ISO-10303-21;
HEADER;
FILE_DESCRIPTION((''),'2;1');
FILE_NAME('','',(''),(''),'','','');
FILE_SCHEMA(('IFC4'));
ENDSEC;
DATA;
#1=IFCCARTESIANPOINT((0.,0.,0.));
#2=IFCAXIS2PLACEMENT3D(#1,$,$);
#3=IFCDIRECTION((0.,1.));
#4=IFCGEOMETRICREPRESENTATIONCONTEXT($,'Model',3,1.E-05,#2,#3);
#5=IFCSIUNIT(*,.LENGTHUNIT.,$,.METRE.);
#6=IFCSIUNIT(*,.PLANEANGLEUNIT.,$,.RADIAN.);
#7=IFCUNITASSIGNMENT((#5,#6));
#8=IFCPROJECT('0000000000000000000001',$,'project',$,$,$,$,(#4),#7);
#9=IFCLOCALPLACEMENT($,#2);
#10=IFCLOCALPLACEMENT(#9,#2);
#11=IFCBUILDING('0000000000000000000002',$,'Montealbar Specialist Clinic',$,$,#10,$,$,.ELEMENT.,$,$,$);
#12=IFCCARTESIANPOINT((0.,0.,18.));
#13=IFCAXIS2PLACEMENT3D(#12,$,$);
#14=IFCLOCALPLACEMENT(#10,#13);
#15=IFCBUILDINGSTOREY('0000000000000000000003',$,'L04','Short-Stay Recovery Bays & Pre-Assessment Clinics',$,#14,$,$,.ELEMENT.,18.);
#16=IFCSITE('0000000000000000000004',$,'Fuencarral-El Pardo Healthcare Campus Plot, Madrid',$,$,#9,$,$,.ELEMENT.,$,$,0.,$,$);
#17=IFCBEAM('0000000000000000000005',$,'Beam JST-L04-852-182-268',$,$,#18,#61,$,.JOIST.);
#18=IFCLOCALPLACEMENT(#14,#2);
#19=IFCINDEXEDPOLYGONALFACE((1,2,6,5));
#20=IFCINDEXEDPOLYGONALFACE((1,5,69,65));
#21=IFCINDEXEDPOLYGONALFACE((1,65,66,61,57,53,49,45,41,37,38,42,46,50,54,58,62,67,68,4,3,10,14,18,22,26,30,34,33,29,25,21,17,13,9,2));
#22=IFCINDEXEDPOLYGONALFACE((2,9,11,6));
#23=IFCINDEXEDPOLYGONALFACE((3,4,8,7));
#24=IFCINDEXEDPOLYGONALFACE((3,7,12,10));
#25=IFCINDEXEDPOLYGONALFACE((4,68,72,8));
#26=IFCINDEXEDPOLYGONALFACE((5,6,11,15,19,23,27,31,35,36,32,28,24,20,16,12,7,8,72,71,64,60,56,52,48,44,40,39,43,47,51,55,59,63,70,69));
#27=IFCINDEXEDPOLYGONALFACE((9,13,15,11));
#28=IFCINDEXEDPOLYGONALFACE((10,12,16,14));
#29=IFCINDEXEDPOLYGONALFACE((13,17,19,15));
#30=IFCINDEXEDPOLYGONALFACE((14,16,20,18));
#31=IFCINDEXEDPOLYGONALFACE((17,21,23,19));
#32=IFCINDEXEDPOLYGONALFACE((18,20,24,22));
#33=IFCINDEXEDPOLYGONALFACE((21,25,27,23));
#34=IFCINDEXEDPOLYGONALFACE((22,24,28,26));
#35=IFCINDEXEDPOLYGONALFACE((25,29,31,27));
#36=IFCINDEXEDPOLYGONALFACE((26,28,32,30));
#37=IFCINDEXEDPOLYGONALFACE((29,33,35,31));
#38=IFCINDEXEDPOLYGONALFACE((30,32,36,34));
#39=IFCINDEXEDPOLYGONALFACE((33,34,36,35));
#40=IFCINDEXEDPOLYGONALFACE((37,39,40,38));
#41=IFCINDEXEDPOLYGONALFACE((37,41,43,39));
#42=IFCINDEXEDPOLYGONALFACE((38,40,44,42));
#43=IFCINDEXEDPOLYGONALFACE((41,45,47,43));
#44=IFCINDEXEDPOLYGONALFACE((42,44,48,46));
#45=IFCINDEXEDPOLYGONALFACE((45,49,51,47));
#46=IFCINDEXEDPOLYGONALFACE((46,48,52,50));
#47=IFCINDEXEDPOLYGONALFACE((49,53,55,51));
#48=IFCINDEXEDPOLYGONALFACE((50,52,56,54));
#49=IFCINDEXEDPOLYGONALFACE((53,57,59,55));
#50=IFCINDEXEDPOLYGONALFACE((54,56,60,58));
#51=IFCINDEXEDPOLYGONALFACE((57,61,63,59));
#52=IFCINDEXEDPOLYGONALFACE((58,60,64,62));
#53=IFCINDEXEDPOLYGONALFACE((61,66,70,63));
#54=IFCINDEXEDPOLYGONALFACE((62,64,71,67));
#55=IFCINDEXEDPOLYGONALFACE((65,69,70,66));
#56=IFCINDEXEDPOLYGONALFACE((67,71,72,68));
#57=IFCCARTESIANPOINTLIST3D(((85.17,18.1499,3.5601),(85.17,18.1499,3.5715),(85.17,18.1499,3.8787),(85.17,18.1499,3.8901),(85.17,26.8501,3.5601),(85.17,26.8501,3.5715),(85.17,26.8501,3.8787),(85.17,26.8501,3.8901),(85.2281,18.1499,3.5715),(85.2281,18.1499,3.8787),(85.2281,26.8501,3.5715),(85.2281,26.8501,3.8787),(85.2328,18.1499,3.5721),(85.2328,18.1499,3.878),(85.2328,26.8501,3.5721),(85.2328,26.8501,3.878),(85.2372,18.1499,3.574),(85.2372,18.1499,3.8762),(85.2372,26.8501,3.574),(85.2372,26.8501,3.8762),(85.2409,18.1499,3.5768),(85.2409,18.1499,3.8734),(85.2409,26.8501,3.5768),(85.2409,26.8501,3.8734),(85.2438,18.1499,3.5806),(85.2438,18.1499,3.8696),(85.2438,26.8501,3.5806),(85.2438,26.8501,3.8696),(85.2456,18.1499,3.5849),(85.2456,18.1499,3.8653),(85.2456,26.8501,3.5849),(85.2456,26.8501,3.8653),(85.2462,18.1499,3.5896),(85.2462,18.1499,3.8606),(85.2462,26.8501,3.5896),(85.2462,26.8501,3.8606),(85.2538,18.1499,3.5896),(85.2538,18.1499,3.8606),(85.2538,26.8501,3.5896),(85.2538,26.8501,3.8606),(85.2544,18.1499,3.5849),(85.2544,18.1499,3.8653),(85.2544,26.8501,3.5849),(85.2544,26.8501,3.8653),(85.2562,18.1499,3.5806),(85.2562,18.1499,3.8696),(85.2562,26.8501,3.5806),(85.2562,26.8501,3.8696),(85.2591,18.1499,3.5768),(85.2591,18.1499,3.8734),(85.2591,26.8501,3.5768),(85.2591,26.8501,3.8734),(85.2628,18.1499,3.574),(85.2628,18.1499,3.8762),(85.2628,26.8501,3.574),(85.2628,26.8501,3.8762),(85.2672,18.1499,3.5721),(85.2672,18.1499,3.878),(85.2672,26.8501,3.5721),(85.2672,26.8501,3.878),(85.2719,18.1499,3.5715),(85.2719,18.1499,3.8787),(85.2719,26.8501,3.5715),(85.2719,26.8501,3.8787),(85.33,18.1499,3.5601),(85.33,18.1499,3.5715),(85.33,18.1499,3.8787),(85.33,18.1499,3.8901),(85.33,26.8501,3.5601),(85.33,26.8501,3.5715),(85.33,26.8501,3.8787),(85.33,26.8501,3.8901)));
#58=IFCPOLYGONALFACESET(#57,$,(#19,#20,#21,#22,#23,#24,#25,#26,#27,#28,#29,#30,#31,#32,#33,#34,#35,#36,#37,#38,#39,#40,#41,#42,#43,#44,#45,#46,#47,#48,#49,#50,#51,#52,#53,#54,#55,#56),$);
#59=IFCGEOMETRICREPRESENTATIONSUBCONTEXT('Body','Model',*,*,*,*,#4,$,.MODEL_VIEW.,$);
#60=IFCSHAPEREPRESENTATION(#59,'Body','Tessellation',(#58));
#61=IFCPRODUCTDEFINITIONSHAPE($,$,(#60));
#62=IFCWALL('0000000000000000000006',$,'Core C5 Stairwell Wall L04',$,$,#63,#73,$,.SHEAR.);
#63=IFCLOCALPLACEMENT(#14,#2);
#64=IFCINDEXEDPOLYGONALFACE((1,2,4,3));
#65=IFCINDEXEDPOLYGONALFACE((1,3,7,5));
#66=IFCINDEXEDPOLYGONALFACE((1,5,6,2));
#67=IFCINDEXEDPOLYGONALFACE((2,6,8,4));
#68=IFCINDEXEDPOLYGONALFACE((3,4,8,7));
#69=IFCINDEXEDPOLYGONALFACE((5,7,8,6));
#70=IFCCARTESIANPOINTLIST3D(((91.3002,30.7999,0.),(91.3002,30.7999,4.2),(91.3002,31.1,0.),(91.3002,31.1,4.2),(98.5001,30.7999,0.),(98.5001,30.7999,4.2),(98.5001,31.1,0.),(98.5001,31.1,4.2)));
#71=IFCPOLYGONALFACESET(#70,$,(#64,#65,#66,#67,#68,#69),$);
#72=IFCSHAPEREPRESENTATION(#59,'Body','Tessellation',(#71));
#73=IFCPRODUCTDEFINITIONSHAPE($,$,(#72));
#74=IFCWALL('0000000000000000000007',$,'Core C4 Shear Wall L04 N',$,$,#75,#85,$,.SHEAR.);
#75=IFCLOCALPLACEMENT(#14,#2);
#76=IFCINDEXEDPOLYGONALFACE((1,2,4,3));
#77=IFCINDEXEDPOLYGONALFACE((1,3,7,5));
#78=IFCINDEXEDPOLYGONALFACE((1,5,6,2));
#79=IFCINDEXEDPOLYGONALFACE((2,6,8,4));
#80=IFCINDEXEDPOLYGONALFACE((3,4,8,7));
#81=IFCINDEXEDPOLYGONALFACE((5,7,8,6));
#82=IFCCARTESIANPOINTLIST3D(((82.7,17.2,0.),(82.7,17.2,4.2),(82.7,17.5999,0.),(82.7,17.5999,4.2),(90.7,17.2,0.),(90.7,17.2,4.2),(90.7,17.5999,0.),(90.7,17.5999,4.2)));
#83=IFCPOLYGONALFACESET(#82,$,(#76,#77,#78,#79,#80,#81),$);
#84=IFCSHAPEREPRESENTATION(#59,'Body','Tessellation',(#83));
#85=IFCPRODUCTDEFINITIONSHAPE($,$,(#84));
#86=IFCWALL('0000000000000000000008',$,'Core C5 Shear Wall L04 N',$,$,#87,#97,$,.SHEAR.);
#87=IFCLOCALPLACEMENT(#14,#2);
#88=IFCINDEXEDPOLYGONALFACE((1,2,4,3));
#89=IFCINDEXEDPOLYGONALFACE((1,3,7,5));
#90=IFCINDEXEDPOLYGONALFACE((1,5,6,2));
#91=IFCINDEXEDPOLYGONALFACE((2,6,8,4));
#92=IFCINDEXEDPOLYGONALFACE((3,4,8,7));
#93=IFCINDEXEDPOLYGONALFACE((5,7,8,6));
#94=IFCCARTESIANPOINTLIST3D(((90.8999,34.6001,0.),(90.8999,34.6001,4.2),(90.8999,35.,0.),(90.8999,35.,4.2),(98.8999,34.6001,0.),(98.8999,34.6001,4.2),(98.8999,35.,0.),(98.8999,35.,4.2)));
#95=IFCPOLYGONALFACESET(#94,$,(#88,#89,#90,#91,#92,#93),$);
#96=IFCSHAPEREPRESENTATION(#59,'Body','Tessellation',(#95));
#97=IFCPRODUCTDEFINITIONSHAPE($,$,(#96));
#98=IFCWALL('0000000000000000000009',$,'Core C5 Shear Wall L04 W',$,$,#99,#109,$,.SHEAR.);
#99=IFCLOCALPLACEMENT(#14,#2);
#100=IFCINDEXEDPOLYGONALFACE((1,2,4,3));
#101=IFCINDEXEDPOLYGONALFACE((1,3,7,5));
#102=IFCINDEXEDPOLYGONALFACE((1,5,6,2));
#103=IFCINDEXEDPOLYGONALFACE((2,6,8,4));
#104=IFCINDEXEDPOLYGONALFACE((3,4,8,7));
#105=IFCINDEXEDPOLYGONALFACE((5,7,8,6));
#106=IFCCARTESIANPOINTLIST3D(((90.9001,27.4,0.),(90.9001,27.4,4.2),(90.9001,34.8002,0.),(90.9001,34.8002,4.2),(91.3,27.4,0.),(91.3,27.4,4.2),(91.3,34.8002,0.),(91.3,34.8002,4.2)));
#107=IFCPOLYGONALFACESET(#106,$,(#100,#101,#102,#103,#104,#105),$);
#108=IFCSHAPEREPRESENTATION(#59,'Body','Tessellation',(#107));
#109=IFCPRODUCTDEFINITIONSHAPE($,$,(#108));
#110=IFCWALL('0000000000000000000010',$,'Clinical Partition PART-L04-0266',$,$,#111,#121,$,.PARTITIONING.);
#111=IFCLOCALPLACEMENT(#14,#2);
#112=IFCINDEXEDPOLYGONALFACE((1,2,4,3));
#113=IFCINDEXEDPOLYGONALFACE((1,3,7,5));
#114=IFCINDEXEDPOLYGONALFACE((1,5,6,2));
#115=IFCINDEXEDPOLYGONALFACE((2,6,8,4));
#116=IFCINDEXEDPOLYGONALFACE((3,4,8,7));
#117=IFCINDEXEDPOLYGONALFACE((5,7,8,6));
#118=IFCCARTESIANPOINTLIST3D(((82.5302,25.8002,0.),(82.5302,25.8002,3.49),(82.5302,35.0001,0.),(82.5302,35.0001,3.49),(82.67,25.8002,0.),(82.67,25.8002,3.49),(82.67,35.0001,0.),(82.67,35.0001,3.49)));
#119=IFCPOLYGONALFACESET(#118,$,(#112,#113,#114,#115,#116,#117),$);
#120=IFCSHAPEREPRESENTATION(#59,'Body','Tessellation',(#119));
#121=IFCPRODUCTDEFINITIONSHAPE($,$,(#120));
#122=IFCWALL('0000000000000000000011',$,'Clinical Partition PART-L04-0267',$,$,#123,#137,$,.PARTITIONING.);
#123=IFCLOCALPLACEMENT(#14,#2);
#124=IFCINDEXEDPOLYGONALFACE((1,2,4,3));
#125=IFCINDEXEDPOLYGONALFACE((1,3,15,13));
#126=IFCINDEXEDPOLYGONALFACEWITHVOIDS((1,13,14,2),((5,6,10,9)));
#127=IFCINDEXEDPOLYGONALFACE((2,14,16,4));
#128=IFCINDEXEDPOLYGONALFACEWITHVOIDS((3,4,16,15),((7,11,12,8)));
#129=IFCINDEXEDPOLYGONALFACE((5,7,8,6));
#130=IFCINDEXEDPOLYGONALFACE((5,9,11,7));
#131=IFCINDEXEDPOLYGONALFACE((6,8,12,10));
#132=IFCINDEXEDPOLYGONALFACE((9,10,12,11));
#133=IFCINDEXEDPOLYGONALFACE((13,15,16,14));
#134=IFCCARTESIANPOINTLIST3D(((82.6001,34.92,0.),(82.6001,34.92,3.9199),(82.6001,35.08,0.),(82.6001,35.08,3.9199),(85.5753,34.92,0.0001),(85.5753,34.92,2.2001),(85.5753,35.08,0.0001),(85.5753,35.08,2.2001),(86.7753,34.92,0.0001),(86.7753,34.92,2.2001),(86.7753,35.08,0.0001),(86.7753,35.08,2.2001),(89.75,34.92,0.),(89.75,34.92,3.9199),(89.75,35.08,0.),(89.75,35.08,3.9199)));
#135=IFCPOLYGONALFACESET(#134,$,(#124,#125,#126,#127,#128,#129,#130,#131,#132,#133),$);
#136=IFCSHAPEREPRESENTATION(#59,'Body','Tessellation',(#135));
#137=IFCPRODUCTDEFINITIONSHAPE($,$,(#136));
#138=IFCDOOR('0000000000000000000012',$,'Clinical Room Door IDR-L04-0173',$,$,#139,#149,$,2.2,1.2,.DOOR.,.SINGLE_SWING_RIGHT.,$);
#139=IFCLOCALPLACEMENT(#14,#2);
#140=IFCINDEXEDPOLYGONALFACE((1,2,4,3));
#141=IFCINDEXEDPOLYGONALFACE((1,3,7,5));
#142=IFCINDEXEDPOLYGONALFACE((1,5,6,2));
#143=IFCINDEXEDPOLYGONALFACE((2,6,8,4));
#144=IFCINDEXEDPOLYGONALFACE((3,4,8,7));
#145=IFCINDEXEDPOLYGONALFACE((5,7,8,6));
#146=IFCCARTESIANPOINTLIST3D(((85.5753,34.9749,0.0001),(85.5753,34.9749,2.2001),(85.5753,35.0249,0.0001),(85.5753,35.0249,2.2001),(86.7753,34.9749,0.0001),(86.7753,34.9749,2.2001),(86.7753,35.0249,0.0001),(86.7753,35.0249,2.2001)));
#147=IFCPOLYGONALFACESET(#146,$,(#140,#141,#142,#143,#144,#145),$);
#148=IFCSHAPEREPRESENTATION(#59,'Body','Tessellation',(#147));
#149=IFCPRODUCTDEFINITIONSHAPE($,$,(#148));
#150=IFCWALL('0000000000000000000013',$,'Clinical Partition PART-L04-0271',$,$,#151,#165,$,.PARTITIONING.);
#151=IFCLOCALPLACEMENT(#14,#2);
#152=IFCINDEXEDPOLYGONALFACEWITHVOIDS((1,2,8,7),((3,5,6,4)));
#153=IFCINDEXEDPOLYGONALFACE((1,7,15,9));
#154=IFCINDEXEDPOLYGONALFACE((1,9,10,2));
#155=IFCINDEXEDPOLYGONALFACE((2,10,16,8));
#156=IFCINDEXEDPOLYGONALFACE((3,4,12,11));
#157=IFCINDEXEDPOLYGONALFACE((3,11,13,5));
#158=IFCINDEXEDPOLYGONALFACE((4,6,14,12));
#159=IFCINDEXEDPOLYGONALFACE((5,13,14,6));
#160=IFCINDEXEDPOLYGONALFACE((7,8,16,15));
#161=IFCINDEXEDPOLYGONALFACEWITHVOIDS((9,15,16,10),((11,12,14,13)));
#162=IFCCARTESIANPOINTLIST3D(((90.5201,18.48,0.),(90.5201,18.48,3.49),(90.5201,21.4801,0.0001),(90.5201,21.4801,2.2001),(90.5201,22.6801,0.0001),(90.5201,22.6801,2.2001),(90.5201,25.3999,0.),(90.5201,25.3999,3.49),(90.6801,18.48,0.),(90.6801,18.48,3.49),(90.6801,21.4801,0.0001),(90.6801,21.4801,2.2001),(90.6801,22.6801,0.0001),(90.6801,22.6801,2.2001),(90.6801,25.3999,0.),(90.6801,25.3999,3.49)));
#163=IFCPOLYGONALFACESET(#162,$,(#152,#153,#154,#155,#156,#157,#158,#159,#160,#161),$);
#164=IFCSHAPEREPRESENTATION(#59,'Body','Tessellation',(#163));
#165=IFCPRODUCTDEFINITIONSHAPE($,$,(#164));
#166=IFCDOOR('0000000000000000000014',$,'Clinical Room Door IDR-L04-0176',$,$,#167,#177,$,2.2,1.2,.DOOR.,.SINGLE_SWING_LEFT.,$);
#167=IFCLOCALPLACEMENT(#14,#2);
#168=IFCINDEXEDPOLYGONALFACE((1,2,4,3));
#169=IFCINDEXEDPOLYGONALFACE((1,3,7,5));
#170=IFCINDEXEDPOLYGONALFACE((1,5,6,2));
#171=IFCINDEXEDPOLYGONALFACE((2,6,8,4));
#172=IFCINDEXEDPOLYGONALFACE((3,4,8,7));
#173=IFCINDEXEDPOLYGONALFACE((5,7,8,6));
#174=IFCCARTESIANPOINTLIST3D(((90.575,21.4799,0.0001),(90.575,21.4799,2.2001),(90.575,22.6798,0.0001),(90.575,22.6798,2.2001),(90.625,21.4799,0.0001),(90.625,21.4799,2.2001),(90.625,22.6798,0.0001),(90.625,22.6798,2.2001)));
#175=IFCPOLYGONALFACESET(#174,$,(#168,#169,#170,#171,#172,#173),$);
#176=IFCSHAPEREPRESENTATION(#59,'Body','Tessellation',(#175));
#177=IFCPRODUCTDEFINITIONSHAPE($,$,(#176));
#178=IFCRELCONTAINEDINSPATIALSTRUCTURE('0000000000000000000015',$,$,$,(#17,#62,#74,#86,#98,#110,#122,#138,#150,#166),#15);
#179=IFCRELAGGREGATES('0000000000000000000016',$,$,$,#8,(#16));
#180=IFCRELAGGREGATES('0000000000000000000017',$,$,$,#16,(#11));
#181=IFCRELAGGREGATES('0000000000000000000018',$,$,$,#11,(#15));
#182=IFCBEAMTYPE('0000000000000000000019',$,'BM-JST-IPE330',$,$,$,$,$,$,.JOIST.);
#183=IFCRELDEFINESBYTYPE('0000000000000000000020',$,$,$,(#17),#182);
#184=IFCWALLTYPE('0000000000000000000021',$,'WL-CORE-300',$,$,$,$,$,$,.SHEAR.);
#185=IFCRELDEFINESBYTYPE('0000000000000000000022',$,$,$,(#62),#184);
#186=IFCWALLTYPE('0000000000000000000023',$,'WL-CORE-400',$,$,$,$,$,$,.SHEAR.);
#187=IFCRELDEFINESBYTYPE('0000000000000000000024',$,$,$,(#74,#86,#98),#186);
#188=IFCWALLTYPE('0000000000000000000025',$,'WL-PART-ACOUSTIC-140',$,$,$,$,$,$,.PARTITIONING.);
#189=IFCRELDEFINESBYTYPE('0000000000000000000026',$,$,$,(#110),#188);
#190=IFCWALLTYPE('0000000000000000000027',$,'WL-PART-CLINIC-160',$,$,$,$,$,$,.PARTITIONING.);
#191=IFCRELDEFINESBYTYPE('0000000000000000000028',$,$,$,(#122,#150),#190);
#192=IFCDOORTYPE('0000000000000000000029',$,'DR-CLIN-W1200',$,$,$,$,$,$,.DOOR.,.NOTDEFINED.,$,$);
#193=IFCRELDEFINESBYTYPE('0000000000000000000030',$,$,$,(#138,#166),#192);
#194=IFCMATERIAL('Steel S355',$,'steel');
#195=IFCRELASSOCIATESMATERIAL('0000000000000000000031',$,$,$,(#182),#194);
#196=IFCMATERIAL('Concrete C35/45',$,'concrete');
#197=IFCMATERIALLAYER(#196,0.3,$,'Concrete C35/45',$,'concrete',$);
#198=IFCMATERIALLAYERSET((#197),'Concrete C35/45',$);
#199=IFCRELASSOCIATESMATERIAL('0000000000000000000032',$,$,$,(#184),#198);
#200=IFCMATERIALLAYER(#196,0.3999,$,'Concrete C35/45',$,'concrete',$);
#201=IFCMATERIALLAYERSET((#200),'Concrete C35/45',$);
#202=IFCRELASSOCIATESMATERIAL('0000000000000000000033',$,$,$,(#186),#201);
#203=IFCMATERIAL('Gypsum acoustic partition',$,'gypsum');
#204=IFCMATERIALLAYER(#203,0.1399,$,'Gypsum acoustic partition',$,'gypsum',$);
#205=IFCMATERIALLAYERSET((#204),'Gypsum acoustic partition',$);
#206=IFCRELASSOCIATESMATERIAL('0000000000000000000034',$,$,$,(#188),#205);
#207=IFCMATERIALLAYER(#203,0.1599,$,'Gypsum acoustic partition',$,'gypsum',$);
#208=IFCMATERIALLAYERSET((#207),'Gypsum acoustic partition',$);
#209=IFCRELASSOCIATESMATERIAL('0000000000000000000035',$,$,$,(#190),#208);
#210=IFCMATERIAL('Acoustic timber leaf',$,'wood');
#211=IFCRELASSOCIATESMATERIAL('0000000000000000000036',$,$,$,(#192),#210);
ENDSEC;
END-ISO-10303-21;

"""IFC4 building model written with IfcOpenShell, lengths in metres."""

from ifc_helpers import new_model, si_unit, direction, frame, frame_2d, origin, origin_2d, place, context, subcontext, project, spatial, rectangle, i_section, extrude, material, layer, layer_set, material_profile, profile_set, type_object, element, fill, save


model = new_model("IFC4")

# Units and contexts
model_context = context("Model", 3, precision=1e-05, world=origin(), true_north=direction((0.0, 1.0)))
body_context = subcontext(model_context, "Body", "Model", "MODEL_VIEW")
ifc_project = project(units=[si_unit("LENGTHUNIT", "METRE"), si_unit("PLANEANGLEUNIT", "RADIAN")], contexts=[model_context])

# Site, building, storey
site_placement = place(None, origin())
site = spatial("IfcSite", under=ifc_project, at=site_placement, Name="Fuencarral-El Pardo Healthcare Campus Plot, Madrid", CompositionType="ELEMENT", RefElevation=0.0)
building_placement = place(site_placement, origin())
building = spatial("IfcBuilding", under=site, at=building_placement, Name="Montealbar Specialist Clinic", CompositionType="ELEMENT")
storey_placement = place(building_placement, frame((0.0, 0.0, 18.0)))
storey = spatial("IfcBuildingStorey", under=building, at=storey_placement, Name="L04", Description="Short-Stay Recovery Bays & Pre-Assessment Clinics", CompositionType="ELEMENT", Elevation=18.0)

# Shared definitions
ifc_material_1 = material(Name="Steel S355", Category="steel")

# Beam
ifc_material_profile_1 = material_profile(ifc_material_1, i_section(OverallWidth=0.1599, OverallDepth=0.3301, WebThickness=0.0076, FlangeThickness=0.0115, FilletRadius=0.0181, at=origin_2d()), Name="IPE 330", Category="steel")
ifc_profile_set_1 = profile_set([ifc_material_profile_1], Name="Steel S355")
beam_type_1 = type_object("IfcBeamType", Name="BM-JST-IPE330", PredefinedType="JOIST", material=ifc_profile_set_1)
beam_1_placement = place(storey_placement, frame((85.25, 18.1499, 3.7251), z_axis=(0.0, 1.0, 0.0), x_axis=(-1.0, 0.0, 0.0)))
element("IfcBeam", 1, at=beam_1_placement, inside=storey, type_object=beam_type_1, Name="Beam JST-L04-852-182-268", PredefinedType="JOIST", context=body_context, shape_type="SweptSolid", body=[
    extrude(i_section(OverallWidth=0.1599, OverallDepth=0.3301, WebThickness=0.0076, FlangeThickness=0.0115, FilletRadius=0.0181, at=origin_2d()), origin(), (0.0, 0.0, 1.0), 8.7002),
])

# Walls
ifc_material_2 = material(Name="Concrete C35/45", Category="concrete")
ifc_layer_1 = layer(ifc_material_2, 0.3, Name="Concrete C35/45", Category="concrete")
ifc_layer_set_1 = layer_set([ifc_layer_1], Name="Concrete C35/45")
wall_type_1 = type_object("IfcWallType", Name="WL-CORE-300", PredefinedType="SHEAR", material=ifc_layer_set_1)
wall_1_placement = place(storey_placement, frame((91.3, 30.95, 0.0), z_axis=(0.0, 0.0, 1.0), x_axis=(1.0, 0.0, 0.0)))
element("IfcWall", 2, at=wall_1_placement, inside=storey, type_object=wall_type_1, Name="Core C5 Stairwell Wall L04", PredefinedType="SHEAR", context=body_context, shape_type="SweptSolid", body=[
    extrude(rectangle(XDim=7.2, YDim=0.3, at=frame_2d((3.6001, 0.0))), origin(), (0.0, 0.0, 1.0), 4.2),
])
ifc_layer_2 = layer(ifc_material_2, 0.3999, Name="Concrete C35/45", Category="concrete")
ifc_layer_set_2 = layer_set([ifc_layer_2], Name="Concrete C35/45")
wall_type_2 = type_object("IfcWallType", Name="WL-CORE-400", PredefinedType="SHEAR", material=ifc_layer_set_2)
wall_2_placement = place(storey_placement, frame((82.7, 17.3999, 0.0), z_axis=(0.0, 0.0, 1.0), x_axis=(1.0, 0.0, 0.0)))
element("IfcWall", 3, at=wall_2_placement, inside=storey, type_object=wall_type_2, Name="Core C4 Shear Wall L04 N", PredefinedType="SHEAR", context=body_context, shape_type="SweptSolid", body=[
    extrude(rectangle(XDim=8.0, YDim=0.3999, at=frame_2d((4.0, 0.0))), origin(), (0.0, 0.0, 1.0), 4.2),
])

# Walls
wall_3_placement = place(storey_placement, frame((90.8999, 34.8, 0.0), z_axis=(0.0, 0.0, 1.0), x_axis=(1.0, 0.0, 0.0)))
element("IfcWall", 4, at=wall_3_placement, inside=storey, type_object=wall_type_2, Name="Core C5 Shear Wall L04 N", PredefinedType="SHEAR", context=body_context, shape_type="SweptSolid", body=[
    extrude(rectangle(XDim=8.0, YDim=0.3999, at=frame_2d((4.0, 0.0))), origin(), (0.0, 0.0, 1.0), 4.2),
])
wall_4_placement = place(storey_placement, frame((91.1001, 27.3999, 0.0), z_axis=(0.0, 0.0, 1.0), x_axis=(0.0, 1.0, 0.0)))
element("IfcWall", 5, at=wall_4_placement, inside=storey, type_object=wall_type_2, Name="Core C5 Shear Wall L04 W", PredefinedType="SHEAR", context=body_context, shape_type="SweptSolid", body=[
    extrude(rectangle(XDim=7.4001, YDim=0.3999, at=frame_2d((3.7002, 0.0))), origin(), (0.0, 0.0, 1.0), 4.2),
])
ifc_material_3 = material(Name="Gypsum acoustic partition", Category="gypsum")
ifc_layer_3 = layer(ifc_material_3, 0.1399, Name="Gypsum acoustic partition", Category="gypsum")
ifc_layer_set_3 = layer_set([ifc_layer_3], Name="Gypsum acoustic partition")
wall_type_3 = type_object("IfcWallType", Name="WL-PART-ACOUSTIC-140", PredefinedType="PARTITIONING", material=ifc_layer_set_3)
wall_5_placement = place(storey_placement, frame((82.6001, 25.8, 0.0), z_axis=(0.0, 0.0, 1.0), x_axis=(0.0, 1.0, 0.0)))
element("IfcWall", 6, at=wall_5_placement, inside=storey, type_object=wall_type_3, Name="Clinical Partition PART-L04-0266", PredefinedType="PARTITIONING", context=body_context, shape_type="SweptSolid", body=[
    extrude(rectangle(XDim=9.2, YDim=0.1399, at=frame_2d((4.6001, 0.0))), origin(), (0.0, 0.0, 1.0), 3.49),
])

# Walls, openings, doors
ifc_layer_4 = layer(ifc_material_3, 0.1599, Name="Gypsum acoustic partition", Category="gypsum")
ifc_layer_set_4 = layer_set([ifc_layer_4], Name="Gypsum acoustic partition")
wall_type_4 = type_object("IfcWallType", Name="WL-PART-CLINIC-160", PredefinedType="PARTITIONING", material=ifc_layer_set_4)
wall_6_placement = place(storey_placement, frame((82.6001, 35.0, 0.0), z_axis=(0.0, 0.0, 1.0), x_axis=(1.0, 0.0, 0.0)))
wall_6 = element("IfcWall", 7, at=wall_6_placement, inside=storey, type_object=wall_type_4, Name="Clinical Partition PART-L04-0267", PredefinedType="PARTITIONING", context=body_context, shape_type="SweptSolid", body=[
    extrude(rectangle(XDim=7.1499, YDim=0.1599, at=frame_2d((3.575, 0.0))), origin(), (0.0, 0.0, 1.0), 3.9199),
])
opening_1_placement = place(wall_6_placement, frame((2.9751, 0.0, 0.0)))
opening_1 = element("IfcOpeningElement", 8, at=opening_1_placement, cuts=wall_6, PredefinedType="OPENING", context=body_context, shape_type="SweptSolid", body=[
    extrude(rectangle(XDim=1.2, YDim=2.2, at=frame_2d((0.6001, 1.1001))), frame((0.0, 0.0898, 0.0), z_axis=(0.0, -1.0, 0.0), x_axis=(1.0, 0.0, 0.0)), (0.0, 0.0, 1.0), 0.1799),
])
ifc_material_4 = material(Name="Acoustic timber leaf", Category="wood")
door_type_1 = type_object("IfcDoorType", Name="DR-CLIN-W1200", OperationType="NOTDEFINED", PredefinedType="DOOR", material=ifc_material_4)
door_1_placement = place(opening_1_placement, origin())
door_1 = element("IfcDoor", 9, at=door_1_placement, inside=storey, type_object=door_type_1, Name="Clinical Room Door IDR-L04-0173", OperationType="SINGLE_SWING_RIGHT", OverallHeight=2.2, OverallWidth=1.2, PredefinedType="DOOR", context=body_context, shape_type="SweptSolid", body=[
    extrude(rectangle(XDim=1.2, YDim=2.2, at=frame_2d((0.6001, 1.1001))), frame((0.0, 0.0249, 0.0), z_axis=(0.0, -1.0, 0.0), x_axis=(1.0, 0.0, 0.0)), (0.0, 0.0, 1.0), 0.05),
])
fill(opening_1, door_1)
wall_7_placement = place(storey_placement, frame((90.6001, 18.48, 0.0), z_axis=(0.0, 0.0, 1.0), x_axis=(0.0, 1.0, 0.0)))
wall_7 = element("IfcWall", 10, at=wall_7_placement, inside=storey, type_object=wall_type_4, Name="Clinical Partition PART-L04-0271", PredefinedType="PARTITIONING", context=body_context, shape_type="SweptSolid", body=[
    extrude(rectangle(XDim=6.9199, YDim=0.1599, at=frame_2d((3.46, 0.0))), origin(), (0.0, 0.0, 1.0), 3.49),
])
opening_2_placement = place(wall_7_placement, frame((3.0, 0.0, 0.0)))
opening_2 = element("IfcOpeningElement", 11, at=opening_2_placement, cuts=wall_7, PredefinedType="OPENING", context=body_context, shape_type="SweptSolid", body=[
    extrude(rectangle(XDim=1.2, YDim=2.2, at=frame_2d((0.6001, 1.1001))), frame((0.0, 0.0898, 0.0), z_axis=(0.0, -1.0, 0.0), x_axis=(1.0, 0.0, 0.0)), (0.0, 0.0, 1.0), 0.1799),
])
door_2_placement = place(opening_2_placement, frame((1.2, 0.0, 0.0), z_axis=(0.0, 0.0, 1.0), x_axis=(-1.0, 0.0, 0.0)))
door_2 = element("IfcDoor", 12, at=door_2_placement, inside=storey, type_object=door_type_1, Name="Clinical Room Door IDR-L04-0176", OperationType="SINGLE_SWING_LEFT", OverallHeight=2.2, OverallWidth=1.2, PredefinedType="DOOR", context=body_context, shape_type="SweptSolid", body=[
    extrude(rectangle(XDim=1.2, YDim=2.2, at=frame_2d((0.6001, 1.1001))), frame((0.0, 0.0249, 0.0), z_axis=(0.0, -1.0, 0.0), x_axis=(1.0, 0.0, 0.0)), (0.0, 0.0, 1.0), 0.05),
])
fill(opening_2, door_2)

save(model, "model.ifc")
